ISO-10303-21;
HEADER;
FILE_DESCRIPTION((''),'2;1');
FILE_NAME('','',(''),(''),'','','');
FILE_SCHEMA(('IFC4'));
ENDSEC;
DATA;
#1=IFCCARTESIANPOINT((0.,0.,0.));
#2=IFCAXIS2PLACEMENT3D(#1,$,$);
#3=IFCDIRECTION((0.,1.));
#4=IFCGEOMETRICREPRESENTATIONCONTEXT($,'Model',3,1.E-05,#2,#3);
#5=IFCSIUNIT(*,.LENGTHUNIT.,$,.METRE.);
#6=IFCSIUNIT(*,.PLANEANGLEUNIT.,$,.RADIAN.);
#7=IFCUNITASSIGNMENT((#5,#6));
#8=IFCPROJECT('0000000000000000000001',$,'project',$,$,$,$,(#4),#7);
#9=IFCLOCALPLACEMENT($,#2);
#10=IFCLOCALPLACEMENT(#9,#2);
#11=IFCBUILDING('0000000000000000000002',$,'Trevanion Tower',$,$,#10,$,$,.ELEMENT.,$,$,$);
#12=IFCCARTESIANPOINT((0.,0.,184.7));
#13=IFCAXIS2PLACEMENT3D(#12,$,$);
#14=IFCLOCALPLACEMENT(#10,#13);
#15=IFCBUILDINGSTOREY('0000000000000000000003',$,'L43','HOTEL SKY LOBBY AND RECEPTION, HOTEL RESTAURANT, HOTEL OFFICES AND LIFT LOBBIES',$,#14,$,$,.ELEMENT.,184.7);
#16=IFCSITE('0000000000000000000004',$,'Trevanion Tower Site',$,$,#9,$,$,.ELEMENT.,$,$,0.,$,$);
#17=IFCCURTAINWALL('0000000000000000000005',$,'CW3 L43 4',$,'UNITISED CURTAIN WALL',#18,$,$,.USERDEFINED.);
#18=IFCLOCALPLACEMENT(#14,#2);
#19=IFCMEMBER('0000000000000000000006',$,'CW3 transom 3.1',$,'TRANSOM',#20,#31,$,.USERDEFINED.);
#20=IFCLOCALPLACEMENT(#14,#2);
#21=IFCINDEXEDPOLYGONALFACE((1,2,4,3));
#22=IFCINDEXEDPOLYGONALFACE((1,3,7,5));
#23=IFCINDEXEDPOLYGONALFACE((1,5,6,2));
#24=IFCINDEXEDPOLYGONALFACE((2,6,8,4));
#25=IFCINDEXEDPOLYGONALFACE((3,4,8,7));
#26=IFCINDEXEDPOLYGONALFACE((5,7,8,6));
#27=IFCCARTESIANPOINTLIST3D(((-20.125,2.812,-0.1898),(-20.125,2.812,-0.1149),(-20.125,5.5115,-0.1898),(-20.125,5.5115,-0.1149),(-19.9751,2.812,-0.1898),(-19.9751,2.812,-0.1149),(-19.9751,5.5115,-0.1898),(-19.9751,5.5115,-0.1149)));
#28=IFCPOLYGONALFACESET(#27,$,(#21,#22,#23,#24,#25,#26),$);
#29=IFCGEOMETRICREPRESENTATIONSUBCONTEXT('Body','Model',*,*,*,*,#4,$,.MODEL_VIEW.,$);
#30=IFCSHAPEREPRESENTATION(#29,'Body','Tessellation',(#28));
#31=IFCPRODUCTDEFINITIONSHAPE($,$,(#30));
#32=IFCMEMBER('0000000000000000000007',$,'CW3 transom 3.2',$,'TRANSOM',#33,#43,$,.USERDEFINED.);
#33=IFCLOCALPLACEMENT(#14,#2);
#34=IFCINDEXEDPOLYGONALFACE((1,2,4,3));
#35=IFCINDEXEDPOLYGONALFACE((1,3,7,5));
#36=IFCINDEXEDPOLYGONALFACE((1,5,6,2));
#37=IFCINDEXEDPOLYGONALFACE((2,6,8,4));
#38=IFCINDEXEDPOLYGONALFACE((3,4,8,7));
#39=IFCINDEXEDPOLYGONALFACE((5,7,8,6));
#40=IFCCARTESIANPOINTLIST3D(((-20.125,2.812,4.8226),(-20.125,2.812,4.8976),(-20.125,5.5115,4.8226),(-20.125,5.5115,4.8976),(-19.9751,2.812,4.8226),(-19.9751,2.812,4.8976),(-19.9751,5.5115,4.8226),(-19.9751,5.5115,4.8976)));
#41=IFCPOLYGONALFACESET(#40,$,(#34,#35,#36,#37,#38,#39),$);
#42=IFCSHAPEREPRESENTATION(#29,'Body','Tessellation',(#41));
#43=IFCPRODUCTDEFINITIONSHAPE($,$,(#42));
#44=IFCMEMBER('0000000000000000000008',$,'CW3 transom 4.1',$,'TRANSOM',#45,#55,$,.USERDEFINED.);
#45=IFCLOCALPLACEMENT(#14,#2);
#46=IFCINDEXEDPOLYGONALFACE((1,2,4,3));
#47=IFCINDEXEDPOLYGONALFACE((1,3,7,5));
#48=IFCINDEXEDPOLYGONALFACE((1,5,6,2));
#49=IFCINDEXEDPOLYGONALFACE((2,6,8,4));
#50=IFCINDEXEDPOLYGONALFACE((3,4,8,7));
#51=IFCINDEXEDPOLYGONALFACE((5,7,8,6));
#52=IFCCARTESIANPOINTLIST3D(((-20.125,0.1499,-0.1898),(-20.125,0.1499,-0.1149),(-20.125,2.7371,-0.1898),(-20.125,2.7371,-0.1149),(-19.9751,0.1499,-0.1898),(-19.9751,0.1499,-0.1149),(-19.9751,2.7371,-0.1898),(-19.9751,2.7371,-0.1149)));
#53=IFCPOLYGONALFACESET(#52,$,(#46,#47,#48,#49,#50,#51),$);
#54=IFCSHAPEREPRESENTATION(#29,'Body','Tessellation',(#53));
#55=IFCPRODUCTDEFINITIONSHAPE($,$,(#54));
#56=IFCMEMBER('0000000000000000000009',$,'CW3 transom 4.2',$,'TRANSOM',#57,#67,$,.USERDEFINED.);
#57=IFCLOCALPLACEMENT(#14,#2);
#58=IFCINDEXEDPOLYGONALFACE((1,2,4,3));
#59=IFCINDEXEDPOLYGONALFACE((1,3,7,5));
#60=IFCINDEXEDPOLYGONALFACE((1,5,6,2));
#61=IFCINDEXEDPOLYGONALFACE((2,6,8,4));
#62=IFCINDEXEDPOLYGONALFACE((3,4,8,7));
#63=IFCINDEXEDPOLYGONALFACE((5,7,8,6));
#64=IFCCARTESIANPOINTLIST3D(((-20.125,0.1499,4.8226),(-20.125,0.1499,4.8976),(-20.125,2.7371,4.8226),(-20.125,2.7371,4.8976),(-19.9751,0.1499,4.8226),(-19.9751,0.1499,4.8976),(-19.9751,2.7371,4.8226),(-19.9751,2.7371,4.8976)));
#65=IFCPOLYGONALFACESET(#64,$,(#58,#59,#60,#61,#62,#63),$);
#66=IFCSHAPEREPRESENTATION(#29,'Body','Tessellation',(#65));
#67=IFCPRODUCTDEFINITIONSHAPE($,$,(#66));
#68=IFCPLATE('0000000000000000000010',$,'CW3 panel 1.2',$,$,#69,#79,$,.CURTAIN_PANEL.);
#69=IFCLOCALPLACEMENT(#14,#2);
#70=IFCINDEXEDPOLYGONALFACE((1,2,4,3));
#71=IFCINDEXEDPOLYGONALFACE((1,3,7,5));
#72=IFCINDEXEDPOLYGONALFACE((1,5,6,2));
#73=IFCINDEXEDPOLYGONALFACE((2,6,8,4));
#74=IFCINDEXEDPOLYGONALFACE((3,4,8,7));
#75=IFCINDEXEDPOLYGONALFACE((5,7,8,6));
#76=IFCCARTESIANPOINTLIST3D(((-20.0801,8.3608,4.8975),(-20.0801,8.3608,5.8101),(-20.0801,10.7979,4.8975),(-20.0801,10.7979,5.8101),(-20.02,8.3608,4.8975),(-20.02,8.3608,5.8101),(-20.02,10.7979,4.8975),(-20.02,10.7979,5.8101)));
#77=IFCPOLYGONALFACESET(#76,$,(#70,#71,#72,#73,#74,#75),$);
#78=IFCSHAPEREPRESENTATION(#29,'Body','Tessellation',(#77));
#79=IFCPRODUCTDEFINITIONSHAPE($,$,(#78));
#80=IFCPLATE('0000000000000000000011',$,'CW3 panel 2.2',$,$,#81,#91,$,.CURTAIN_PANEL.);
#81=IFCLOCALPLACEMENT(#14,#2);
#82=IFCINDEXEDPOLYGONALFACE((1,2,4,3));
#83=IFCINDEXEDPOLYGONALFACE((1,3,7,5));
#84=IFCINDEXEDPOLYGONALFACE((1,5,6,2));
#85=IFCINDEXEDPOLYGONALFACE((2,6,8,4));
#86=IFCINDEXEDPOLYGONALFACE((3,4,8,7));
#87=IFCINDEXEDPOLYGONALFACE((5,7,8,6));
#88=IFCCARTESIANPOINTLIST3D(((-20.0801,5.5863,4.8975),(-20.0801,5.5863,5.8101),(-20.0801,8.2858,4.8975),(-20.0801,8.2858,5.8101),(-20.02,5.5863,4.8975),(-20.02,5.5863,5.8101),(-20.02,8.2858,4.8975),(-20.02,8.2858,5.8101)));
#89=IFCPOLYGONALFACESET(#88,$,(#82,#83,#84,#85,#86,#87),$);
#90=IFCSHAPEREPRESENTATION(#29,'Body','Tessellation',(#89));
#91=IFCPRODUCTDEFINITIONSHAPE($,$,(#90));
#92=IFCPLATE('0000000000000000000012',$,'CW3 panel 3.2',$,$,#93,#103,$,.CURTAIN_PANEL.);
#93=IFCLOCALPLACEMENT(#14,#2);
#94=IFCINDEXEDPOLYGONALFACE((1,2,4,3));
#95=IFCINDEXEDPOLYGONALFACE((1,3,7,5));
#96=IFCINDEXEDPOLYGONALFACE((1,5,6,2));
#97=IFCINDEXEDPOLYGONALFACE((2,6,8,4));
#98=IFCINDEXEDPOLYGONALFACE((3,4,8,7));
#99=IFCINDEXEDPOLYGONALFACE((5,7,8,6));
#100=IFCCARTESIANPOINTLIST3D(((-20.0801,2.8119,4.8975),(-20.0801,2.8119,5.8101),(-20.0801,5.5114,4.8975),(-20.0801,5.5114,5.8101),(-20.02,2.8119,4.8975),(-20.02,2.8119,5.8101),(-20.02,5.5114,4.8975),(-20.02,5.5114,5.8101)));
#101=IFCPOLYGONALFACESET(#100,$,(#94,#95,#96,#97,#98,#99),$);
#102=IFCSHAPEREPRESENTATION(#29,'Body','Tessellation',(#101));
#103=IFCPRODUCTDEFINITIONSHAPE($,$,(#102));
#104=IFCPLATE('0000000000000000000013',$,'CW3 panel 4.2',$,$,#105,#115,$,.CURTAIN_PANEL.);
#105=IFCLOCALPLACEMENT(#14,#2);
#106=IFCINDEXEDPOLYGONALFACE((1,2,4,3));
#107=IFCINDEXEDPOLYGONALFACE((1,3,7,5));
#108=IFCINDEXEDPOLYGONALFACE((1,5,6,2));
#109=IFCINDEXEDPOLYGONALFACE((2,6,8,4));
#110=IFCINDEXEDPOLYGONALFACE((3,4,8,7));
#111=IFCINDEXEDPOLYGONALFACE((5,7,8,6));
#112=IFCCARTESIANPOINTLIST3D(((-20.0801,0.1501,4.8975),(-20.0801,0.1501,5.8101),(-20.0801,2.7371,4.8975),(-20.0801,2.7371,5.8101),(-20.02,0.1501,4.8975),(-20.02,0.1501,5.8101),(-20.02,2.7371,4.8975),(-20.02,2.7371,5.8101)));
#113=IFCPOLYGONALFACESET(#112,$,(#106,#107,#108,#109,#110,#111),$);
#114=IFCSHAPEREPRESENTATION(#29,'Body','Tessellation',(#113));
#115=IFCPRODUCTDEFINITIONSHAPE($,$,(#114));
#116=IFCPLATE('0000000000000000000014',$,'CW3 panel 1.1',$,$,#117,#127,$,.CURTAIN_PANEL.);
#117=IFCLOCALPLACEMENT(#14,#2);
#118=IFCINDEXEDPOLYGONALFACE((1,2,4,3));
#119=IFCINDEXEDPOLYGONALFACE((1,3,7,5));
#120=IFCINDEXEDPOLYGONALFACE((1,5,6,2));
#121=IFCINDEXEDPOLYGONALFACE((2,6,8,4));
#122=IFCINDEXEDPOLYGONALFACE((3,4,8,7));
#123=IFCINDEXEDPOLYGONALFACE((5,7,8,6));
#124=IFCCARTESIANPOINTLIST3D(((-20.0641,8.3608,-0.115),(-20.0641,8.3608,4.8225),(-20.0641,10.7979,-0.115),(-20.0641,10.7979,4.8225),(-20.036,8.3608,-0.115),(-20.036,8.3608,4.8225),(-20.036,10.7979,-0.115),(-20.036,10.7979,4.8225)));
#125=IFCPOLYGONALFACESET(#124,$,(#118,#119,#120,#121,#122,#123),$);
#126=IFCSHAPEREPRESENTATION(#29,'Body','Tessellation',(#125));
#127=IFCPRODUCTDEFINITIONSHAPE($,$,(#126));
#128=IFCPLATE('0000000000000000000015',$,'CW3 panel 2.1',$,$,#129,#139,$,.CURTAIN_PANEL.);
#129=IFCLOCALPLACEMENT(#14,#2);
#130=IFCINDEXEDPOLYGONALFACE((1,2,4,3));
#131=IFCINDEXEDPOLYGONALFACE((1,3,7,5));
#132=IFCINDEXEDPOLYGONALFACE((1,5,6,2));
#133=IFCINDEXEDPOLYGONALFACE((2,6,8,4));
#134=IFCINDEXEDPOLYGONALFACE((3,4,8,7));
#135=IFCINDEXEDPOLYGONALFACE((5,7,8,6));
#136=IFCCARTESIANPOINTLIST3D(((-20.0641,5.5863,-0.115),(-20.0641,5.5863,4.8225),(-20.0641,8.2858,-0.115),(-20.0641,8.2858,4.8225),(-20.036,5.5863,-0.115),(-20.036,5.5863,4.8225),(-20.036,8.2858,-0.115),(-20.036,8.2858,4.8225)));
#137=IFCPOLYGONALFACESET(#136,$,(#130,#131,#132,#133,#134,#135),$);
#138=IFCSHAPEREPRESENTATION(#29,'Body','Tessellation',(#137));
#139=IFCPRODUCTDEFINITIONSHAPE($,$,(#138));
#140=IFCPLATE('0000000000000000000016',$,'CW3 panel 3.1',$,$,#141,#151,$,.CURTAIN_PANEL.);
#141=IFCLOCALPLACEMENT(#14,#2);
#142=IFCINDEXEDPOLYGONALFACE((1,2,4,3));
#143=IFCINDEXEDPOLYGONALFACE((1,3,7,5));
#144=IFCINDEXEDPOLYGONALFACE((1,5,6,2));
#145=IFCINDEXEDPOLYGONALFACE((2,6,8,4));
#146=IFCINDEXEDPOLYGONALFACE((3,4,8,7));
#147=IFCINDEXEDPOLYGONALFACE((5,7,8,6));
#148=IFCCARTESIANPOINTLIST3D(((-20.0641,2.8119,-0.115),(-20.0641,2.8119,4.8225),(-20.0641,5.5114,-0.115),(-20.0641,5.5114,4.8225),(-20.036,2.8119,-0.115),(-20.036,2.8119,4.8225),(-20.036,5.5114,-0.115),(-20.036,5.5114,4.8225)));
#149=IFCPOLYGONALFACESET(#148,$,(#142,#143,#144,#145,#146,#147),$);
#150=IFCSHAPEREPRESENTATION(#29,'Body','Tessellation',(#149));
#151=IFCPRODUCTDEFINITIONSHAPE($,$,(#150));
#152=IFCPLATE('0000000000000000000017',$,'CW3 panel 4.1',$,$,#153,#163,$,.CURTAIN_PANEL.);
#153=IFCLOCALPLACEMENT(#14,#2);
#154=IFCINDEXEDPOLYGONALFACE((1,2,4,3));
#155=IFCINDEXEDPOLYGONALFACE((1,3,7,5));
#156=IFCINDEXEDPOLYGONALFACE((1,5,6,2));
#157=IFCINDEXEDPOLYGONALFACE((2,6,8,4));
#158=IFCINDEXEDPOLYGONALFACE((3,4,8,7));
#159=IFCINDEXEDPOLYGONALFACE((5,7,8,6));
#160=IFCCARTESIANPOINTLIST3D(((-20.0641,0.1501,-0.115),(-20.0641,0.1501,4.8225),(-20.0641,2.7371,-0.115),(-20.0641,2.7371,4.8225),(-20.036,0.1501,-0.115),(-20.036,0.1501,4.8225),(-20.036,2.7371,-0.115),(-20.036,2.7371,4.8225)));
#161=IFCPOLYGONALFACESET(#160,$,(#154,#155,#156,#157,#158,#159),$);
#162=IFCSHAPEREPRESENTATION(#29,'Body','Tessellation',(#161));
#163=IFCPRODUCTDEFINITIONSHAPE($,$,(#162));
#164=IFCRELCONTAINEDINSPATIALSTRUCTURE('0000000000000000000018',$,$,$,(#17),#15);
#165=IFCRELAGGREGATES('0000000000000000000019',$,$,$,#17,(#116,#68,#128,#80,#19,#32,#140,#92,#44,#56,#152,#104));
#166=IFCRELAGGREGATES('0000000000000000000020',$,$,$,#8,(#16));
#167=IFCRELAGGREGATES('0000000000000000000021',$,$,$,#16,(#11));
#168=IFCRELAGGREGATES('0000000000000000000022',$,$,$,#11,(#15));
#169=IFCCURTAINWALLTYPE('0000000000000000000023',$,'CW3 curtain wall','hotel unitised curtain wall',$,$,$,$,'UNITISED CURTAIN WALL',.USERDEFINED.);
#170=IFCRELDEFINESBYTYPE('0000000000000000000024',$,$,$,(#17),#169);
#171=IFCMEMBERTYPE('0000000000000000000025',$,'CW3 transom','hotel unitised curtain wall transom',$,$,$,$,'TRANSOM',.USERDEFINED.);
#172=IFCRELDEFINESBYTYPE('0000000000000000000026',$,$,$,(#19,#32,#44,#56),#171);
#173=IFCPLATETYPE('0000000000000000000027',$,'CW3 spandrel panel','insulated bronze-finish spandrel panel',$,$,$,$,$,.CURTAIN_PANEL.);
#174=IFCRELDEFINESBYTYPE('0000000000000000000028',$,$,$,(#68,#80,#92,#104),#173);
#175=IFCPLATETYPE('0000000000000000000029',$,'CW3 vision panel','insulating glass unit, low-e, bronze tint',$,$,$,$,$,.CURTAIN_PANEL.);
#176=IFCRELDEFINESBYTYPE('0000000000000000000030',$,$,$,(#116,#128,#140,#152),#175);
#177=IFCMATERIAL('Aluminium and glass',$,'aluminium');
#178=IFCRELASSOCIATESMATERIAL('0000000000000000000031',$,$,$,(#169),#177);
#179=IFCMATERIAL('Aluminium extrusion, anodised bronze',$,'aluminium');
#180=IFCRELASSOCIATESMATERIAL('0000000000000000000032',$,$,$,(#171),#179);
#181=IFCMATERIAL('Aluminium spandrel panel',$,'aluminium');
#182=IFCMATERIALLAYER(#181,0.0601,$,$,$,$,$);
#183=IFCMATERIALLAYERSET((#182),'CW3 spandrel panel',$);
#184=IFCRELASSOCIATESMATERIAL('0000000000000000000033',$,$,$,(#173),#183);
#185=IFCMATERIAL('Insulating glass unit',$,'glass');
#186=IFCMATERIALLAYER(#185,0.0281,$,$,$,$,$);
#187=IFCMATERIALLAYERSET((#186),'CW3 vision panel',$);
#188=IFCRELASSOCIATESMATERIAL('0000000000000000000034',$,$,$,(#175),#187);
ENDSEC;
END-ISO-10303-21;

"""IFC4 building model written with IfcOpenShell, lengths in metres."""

from ifc_helpers import new_model, si_unit, direction, frame, origin, origin_2d, place, context, subcontext, project, spatial, rectangle, extrude, material, layer, layer_set, material_profile, profile_set, type_object, element, aggregate, save


model = new_model("IFC4")

# Units and contexts
model_context = context("Model", 3, precision=1e-05, world=origin(), true_north=direction((0.0, 1.0)))
body_context = subcontext(model_context, "Body", "Model", "MODEL_VIEW")
ifc_project = project(units=[si_unit("LENGTHUNIT", "METRE"), si_unit("PLANEANGLEUNIT", "RADIAN")], contexts=[model_context])

# Site, building, storey
site_placement = place(None, origin())
site = spatial("IfcSite", under=ifc_project, at=site_placement, Name="Trevanion Tower Site", CompositionType="ELEMENT", RefElevation=0.0)
building_placement = place(site_placement, origin())
building = spatial("IfcBuilding", under=site, at=building_placement, Name="Trevanion Tower", CompositionType="ELEMENT")
storey_placement = place(building_placement, frame((0.0, 0.0, 184.7)))
storey = spatial("IfcBuildingStorey", under=building, at=storey_placement, Name="L43", Description="HOTEL SKY LOBBY AND RECEPTION, HOTEL RESTAURANT, HOTEL OFFICES AND LIFT LOBBIES", CompositionType="ELEMENT", Elevation=184.7)

# Curtain wall, members, plates
ifc_material_1 = material(Name="Aluminium and glass", Category="aluminium")
curtain_wall_type = type_object("IfcCurtainWallType", Name="CW3 curtain wall", Description="hotel unitised curtain wall", ElementType="UNITISED CURTAIN WALL", PredefinedType="USERDEFINED", material=ifc_material_1)
curtain_wall_placement = place(storey_placement, origin())
curtain_wall = element("IfcCurtainWall", 1, at=curtain_wall_placement, inside=storey, type_object=curtain_wall_type, Name="CW3 L43 4", ObjectType="UNITISED CURTAIN WALL", PredefinedType="USERDEFINED")
ifc_material_2 = material(Name="Aluminium extrusion, anodised bronze", Category="aluminium")
ifc_material_profile_1 = material_profile(ifc_material_2, rectangle(XDim=0.1499, YDim=0.075, at=origin_2d()), Name="CW3 transom")
ifc_profile_set_1 = profile_set([ifc_material_profile_1], Name="Aluminium extrusion, anodised bronze")
member_type_1 = type_object("IfcMemberType", Name="CW3 transom", Description="hotel unitised curtain wall transom", ElementType="TRANSOM", PredefinedType="USERDEFINED", material=ifc_profile_set_1)
member_1_placement = place(storey_placement, frame((-20.05, 5.5115, -0.1523), z_axis=(0.0, -1.0, 0.0), x_axis=(1.0, 0.0, 0.0)))
member_1 = element("IfcMember", 2, at=member_1_placement, type_object=member_type_1, Name="CW3 transom 3.1", ObjectType="TRANSOM", PredefinedType="USERDEFINED", context=body_context, shape_type="SweptSolid", body=[
    extrude(rectangle(XDim=0.1499, YDim=0.075, at=origin_2d()), origin(), (0.0, 0.0, 1.0), 2.6995),
])
member_2_placement = place(storey_placement, frame((-20.05, 5.5115, 4.8601), z_axis=(0.0, -1.0, 0.0), x_axis=(1.0, 0.0, 0.0)))
member_2 = element("IfcMember", 3, at=member_2_placement, type_object=member_type_1, Name="CW3 transom 3.2", ObjectType="TRANSOM", PredefinedType="USERDEFINED", context=body_context, shape_type="SweptSolid", body=[
    extrude(rectangle(XDim=0.1499, YDim=0.075, at=origin_2d()), origin(), (0.0, 0.0, 1.0), 2.6995),
])
member_3_placement = place(storey_placement, frame((-20.05, 2.7371, -0.1523), z_axis=(0.0, -1.0, 0.0), x_axis=(1.0, 0.0, 0.0)))
member_3 = element("IfcMember", 4, at=member_3_placement, type_object=member_type_1, Name="CW3 transom 4.1", ObjectType="TRANSOM", PredefinedType="USERDEFINED", context=body_context, shape_type="SweptSolid", body=[
    extrude(rectangle(XDim=0.1499, YDim=0.075, at=origin_2d()), origin(), (0.0, 0.0, 1.0), 2.5872),
])
member_4_placement = place(storey_placement, frame((-20.05, 2.7371, 4.8601), z_axis=(0.0, -1.0, 0.0), x_axis=(1.0, 0.0, 0.0)))
member_4 = element("IfcMember", 5, at=member_4_placement, type_object=member_type_1, Name="CW3 transom 4.2", ObjectType="TRANSOM", PredefinedType="USERDEFINED", context=body_context, shape_type="SweptSolid", body=[
    extrude(rectangle(XDim=0.1499, YDim=0.075, at=origin_2d()), origin(), (0.0, 0.0, 1.0), 2.5872),
])
ifc_material_3 = material(Name="Aluminium spandrel panel", Category="aluminium")
ifc_layer_1 = layer(ifc_material_3, 0.0601)
ifc_layer_set_1 = layer_set([ifc_layer_1], Name="CW3 spandrel panel")
plate_type_1 = type_object("IfcPlateType", Name="CW3 spandrel panel", Description="insulated bronze-finish spandrel panel", PredefinedType="CURTAIN_PANEL", material=ifc_layer_set_1)
plate_1_placement = place(storey_placement, frame((-20.05, 9.5793, 4.8975), z_axis=(0.0, 0.0, 1.0), x_axis=(0.0, -1.0, 0.0)))
plate_1 = element("IfcPlate", 6, at=plate_1_placement, type_object=plate_type_1, Name="CW3 panel 1.2", PredefinedType="CURTAIN_PANEL", context=body_context, shape_type="SweptSolid", body=[
    extrude(rectangle(XDim=2.437, YDim=0.0601, at=origin_2d()), origin(), (0.0, 0.0, 1.0), 0.9126),
])
plate_2_placement = place(storey_placement, frame((-20.05, 6.936, 4.8975), z_axis=(0.0, 0.0, 1.0), x_axis=(0.0, -1.0, 0.0)))
plate_2 = element("IfcPlate", 7, at=plate_2_placement, type_object=plate_type_1, Name="CW3 panel 2.2", PredefinedType="CURTAIN_PANEL", context=body_context, shape_type="SweptSolid", body=[
    extrude(rectangle(XDim=2.6995, YDim=0.0601, at=origin_2d()), origin(), (0.0, 0.0, 1.0), 0.9126),
])
plate_3_placement = place(storey_placement, frame((-20.05, 4.1616, 4.8975), z_axis=(0.0, 0.0, 1.0), x_axis=(0.0, -1.0, 0.0)))
plate_3 = element("IfcPlate", 8, at=plate_3_placement, type_object=plate_type_1, Name="CW3 panel 3.2", PredefinedType="CURTAIN_PANEL", context=body_context, shape_type="SweptSolid", body=[
    extrude(rectangle(XDim=2.6995, YDim=0.0601, at=origin_2d()), origin(), (0.0, 0.0, 1.0), 0.9126),
])
plate_4_placement = place(storey_placement, frame((-20.05, 1.4436, 4.8975), z_axis=(0.0, 0.0, 1.0), x_axis=(0.0, -1.0, 0.0)))
plate_4 = element("IfcPlate", 9, at=plate_4_placement, type_object=plate_type_1, Name="CW3 panel 4.2", PredefinedType="CURTAIN_PANEL", context=body_context, shape_type="SweptSolid", body=[
    extrude(rectangle(XDim=2.5869, YDim=0.0601, at=origin_2d()), origin(), (0.0, 0.0, 1.0), 0.9126),
])
ifc_material_4 = material(Name="Insulating glass unit", Category="glass")
ifc_layer_2 = layer(ifc_material_4, 0.0281)
ifc_layer_set_2 = layer_set([ifc_layer_2], Name="CW3 vision panel")
plate_type_2 = type_object("IfcPlateType", Name="CW3 vision panel", Description="insulating glass unit, low-e, bronze tint", PredefinedType="CURTAIN_PANEL", material=ifc_layer_set_2)
plate_5_placement = place(storey_placement, frame((-20.05, 9.5793, -0.115), z_axis=(0.0, 0.0, 1.0), x_axis=(0.0, -1.0, 0.0)))
plate_5 = element("IfcPlate", 10, at=plate_5_placement, type_object=plate_type_2, Name="CW3 panel 1.1", PredefinedType="CURTAIN_PANEL", context=body_context, shape_type="SweptSolid", body=[
    extrude(rectangle(XDim=2.437, YDim=0.0281, at=origin_2d()), origin(), (0.0, 0.0, 1.0), 4.9375),
])
plate_6_placement = place(storey_placement, frame((-20.05, 6.936, -0.115), z_axis=(0.0, 0.0, 1.0), x_axis=(0.0, -1.0, 0.0)))
plate_6 = element("IfcPlate", 11, at=plate_6_placement, type_object=plate_type_2, Name="CW3 panel 2.1", PredefinedType="CURTAIN_PANEL", context=body_context, shape_type="SweptSolid", body=[
    extrude(rectangle(XDim=2.6995, YDim=0.0281, at=origin_2d()), origin(), (0.0, 0.0, 1.0), 4.9375),
])
plate_7_placement = place(storey_placement, frame((-20.05, 4.1616, -0.115), z_axis=(0.0, 0.0, 1.0), x_axis=(0.0, -1.0, 0.0)))
plate_7 = element("IfcPlate", 12, at=plate_7_placement, type_object=plate_type_2, Name="CW3 panel 3.1", PredefinedType="CURTAIN_PANEL", context=body_context, shape_type="SweptSolid", body=[
    extrude(rectangle(XDim=2.6995, YDim=0.0281, at=origin_2d()), origin(), (0.0, 0.0, 1.0), 4.9375),
])
plate_8_placement = place(storey_placement, frame((-20.05, 1.4436, -0.115), z_axis=(0.0, 0.0, 1.0), x_axis=(0.0, -1.0, 0.0)))
plate_8 = element("IfcPlate", 13, at=plate_8_placement, type_object=plate_type_2, Name="CW3 panel 4.1", PredefinedType="CURTAIN_PANEL", context=body_context, shape_type="SweptSolid", body=[
    extrude(rectangle(XDim=2.5869, YDim=0.0281, at=origin_2d()), origin(), (0.0, 0.0, 1.0), 4.9375),
])
aggregate(curtain_wall, [plate_5, plate_1, plate_6, plate_2, member_1, member_2, plate_7, plate_3, member_3, member_4, plate_8, plate_4])

save(model, "model.ifc")
